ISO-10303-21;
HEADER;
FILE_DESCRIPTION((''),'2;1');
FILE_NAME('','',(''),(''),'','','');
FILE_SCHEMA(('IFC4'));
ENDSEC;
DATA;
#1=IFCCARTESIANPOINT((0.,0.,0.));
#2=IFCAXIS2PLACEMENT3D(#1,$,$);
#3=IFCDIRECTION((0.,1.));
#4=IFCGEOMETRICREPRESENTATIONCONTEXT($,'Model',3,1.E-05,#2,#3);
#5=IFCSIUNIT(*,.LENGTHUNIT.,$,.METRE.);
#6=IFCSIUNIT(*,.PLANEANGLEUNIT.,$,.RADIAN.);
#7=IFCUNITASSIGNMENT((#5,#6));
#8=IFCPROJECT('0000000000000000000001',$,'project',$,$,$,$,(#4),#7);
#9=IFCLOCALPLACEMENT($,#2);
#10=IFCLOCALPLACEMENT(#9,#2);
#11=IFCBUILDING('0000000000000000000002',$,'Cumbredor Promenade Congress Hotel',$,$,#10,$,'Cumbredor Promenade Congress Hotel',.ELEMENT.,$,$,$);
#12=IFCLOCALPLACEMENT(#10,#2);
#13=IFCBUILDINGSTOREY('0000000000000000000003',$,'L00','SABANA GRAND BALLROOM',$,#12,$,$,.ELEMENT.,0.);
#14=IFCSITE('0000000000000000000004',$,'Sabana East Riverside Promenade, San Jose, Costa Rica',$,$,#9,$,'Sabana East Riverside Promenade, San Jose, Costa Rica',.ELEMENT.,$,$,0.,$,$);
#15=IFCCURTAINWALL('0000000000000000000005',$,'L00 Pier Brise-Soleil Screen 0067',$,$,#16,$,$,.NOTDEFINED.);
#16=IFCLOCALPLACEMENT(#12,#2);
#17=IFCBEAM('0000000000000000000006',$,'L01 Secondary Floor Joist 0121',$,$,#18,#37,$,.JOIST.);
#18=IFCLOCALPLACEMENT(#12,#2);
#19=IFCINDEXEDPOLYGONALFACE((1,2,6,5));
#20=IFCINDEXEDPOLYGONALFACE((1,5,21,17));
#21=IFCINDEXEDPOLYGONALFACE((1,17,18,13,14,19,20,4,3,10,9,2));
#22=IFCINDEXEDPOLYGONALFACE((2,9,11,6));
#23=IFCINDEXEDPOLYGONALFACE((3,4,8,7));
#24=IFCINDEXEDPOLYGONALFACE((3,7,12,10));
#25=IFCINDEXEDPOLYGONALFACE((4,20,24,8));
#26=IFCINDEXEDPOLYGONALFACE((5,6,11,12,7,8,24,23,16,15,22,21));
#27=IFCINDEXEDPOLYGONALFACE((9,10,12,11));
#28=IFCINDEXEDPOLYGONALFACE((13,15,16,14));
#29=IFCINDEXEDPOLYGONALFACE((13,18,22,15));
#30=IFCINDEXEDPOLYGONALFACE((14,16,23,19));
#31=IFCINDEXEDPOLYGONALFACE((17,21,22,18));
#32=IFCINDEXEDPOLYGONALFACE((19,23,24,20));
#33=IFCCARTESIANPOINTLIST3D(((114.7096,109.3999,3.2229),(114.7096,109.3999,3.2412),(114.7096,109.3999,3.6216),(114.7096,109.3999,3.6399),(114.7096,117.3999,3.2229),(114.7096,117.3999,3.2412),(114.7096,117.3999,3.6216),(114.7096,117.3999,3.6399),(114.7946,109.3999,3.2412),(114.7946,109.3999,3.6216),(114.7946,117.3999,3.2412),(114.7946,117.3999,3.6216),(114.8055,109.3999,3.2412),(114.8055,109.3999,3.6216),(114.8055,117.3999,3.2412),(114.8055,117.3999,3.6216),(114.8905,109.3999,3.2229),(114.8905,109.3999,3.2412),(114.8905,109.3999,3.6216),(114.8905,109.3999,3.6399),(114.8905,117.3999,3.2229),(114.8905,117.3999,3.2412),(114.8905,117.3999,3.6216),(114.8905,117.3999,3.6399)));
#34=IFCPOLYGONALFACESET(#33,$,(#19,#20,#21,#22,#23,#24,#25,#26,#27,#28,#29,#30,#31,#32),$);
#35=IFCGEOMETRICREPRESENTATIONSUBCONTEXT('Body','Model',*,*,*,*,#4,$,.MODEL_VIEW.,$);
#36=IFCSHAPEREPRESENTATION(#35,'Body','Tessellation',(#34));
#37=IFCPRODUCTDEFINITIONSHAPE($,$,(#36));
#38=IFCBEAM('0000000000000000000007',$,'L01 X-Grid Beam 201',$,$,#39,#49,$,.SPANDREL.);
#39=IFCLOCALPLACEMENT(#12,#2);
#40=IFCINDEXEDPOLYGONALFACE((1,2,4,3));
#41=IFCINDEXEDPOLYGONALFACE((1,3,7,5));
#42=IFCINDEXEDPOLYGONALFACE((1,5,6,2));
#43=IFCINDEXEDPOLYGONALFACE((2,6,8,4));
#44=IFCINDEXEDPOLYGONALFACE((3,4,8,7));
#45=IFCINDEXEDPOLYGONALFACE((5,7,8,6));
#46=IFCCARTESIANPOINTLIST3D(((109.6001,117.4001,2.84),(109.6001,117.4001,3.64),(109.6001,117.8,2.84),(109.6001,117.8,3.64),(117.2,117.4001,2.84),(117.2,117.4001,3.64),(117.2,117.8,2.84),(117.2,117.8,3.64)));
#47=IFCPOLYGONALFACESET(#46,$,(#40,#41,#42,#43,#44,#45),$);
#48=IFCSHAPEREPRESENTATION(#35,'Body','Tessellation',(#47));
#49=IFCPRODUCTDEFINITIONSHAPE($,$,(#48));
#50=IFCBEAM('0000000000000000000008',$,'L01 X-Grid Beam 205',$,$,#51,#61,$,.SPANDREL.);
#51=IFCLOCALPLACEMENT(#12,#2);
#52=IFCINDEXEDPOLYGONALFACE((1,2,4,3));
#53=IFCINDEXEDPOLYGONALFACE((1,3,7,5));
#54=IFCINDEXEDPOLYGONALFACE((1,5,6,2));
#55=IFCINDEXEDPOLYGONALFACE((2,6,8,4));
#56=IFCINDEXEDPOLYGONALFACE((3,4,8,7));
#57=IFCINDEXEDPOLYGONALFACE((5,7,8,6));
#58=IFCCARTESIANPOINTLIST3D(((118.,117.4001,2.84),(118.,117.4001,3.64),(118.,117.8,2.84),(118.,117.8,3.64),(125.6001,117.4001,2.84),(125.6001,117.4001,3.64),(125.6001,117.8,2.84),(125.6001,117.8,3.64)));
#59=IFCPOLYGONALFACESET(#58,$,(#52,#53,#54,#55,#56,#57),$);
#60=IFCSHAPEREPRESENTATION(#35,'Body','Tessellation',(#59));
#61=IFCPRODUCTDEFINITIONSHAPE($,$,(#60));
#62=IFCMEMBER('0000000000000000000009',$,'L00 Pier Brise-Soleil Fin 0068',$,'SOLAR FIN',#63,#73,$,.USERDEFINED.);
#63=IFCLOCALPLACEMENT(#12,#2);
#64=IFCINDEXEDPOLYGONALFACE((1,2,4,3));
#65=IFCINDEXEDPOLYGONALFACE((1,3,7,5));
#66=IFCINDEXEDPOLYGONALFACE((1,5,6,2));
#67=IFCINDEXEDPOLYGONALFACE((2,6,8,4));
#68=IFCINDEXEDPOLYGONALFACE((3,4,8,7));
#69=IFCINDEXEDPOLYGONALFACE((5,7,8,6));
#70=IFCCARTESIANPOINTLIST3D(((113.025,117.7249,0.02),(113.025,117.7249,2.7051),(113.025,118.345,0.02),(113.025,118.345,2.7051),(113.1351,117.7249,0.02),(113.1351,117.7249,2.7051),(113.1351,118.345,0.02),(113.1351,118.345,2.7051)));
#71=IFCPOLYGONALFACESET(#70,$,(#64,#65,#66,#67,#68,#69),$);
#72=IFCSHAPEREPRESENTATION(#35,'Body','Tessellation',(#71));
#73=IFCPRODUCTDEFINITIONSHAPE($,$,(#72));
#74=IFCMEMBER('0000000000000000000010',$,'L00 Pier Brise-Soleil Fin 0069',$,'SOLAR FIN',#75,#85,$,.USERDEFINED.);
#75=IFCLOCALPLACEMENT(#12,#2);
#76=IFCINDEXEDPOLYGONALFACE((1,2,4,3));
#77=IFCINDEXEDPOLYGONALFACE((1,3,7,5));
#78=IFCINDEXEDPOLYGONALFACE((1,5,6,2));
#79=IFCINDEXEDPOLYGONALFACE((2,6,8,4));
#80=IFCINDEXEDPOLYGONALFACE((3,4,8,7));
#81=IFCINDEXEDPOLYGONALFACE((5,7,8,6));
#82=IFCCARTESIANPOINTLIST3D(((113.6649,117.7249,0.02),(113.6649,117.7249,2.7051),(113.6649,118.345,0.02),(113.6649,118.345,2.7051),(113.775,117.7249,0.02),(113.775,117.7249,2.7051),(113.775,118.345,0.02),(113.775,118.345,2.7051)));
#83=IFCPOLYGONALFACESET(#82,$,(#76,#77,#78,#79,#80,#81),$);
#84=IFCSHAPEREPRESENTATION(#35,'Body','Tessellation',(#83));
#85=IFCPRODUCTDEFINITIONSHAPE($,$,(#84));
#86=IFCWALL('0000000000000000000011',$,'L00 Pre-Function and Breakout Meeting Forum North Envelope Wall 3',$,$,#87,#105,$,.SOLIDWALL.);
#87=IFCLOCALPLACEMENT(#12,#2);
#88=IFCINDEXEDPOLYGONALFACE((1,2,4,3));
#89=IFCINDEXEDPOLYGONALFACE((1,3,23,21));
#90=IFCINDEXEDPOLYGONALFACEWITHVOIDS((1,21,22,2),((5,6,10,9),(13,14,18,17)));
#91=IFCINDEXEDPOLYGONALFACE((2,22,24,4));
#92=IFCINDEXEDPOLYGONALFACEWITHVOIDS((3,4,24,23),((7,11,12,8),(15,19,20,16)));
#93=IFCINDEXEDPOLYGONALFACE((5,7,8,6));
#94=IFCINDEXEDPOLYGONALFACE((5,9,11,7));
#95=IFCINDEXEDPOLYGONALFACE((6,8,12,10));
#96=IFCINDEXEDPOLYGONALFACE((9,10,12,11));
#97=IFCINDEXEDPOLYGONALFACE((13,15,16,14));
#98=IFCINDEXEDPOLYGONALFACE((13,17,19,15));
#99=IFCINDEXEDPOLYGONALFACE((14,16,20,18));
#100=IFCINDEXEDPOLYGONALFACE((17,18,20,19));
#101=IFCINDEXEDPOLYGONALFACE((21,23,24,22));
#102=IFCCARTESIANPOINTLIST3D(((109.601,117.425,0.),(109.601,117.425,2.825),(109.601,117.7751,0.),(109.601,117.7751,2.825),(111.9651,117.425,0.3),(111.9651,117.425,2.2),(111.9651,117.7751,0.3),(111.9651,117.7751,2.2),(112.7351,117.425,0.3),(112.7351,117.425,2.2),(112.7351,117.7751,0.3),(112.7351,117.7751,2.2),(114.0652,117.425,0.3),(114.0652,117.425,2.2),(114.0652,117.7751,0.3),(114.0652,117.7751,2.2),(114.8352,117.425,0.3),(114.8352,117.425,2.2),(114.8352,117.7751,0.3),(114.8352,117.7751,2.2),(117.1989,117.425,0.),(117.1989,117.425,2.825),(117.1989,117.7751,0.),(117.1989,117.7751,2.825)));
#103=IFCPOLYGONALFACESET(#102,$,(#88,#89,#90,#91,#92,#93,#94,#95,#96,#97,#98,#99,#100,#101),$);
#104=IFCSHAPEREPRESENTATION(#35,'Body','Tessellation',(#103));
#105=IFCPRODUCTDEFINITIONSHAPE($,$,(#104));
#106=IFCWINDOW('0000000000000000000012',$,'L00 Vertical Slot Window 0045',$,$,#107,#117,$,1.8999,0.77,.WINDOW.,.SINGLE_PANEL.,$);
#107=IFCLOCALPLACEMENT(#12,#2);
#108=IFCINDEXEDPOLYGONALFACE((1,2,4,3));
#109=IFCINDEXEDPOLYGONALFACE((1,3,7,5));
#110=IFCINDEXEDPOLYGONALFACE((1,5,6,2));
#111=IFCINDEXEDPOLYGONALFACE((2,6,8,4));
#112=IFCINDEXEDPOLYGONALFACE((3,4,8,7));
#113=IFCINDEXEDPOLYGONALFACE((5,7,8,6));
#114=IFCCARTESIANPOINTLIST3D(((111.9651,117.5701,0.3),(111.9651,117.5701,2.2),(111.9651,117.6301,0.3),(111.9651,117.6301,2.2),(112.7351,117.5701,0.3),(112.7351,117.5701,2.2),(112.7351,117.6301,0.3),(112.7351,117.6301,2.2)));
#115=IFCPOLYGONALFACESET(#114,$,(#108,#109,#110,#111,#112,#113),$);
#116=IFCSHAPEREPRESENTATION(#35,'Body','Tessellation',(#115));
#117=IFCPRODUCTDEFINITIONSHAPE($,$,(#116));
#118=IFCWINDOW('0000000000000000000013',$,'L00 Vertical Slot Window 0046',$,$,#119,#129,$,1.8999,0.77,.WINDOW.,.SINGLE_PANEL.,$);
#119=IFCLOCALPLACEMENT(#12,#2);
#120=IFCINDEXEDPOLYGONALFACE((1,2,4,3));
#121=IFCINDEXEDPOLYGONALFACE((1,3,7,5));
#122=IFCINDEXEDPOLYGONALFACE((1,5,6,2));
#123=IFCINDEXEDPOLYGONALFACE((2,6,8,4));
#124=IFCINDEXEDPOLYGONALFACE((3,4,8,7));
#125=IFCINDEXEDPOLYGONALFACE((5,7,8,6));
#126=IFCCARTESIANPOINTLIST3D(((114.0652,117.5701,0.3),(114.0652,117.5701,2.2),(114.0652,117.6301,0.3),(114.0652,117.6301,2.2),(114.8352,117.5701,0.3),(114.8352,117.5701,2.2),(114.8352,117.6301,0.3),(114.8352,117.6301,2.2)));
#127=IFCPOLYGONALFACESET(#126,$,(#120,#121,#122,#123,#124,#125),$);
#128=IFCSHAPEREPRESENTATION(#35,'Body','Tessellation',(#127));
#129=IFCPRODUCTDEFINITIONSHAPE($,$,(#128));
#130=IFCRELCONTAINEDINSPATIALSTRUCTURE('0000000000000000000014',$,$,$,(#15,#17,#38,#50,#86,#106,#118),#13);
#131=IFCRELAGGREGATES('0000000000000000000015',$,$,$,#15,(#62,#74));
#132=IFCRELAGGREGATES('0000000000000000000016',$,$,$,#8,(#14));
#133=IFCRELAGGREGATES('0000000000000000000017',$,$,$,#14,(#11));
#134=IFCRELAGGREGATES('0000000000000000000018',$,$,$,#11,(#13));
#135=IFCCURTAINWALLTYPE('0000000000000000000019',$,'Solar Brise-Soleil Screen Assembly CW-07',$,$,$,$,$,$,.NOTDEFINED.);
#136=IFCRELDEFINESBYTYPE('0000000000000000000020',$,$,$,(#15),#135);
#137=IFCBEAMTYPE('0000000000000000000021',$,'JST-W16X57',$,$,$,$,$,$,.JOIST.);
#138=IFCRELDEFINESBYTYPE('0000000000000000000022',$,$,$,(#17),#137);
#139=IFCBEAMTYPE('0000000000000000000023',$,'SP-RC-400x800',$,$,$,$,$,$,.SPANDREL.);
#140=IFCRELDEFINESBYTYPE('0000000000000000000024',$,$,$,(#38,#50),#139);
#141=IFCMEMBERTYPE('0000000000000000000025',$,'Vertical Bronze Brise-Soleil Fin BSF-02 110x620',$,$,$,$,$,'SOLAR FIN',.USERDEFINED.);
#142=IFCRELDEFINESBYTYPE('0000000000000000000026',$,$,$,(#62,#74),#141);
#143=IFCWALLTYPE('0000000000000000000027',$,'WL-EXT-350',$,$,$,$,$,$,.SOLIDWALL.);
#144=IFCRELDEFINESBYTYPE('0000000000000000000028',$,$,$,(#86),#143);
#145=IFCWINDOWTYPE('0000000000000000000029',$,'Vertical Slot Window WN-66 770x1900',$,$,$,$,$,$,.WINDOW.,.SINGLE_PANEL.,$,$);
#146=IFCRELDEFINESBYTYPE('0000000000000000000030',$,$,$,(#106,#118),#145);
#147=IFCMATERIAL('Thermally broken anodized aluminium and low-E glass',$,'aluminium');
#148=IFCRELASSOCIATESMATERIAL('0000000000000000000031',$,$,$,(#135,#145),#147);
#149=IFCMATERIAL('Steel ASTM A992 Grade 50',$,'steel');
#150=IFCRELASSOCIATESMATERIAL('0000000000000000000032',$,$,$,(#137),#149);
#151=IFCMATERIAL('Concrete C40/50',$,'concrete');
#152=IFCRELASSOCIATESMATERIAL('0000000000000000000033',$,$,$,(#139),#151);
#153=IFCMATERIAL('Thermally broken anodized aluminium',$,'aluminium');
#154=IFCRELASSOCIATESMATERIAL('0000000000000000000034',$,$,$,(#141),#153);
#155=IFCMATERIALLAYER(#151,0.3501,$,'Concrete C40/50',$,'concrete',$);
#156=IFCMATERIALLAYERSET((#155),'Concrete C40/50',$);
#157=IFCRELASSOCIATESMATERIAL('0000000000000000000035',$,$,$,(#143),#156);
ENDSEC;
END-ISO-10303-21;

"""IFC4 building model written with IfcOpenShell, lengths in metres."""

from ifc_helpers import new_model, si_unit, direction, frame, frame_2d, origin, origin_2d, place, context, subcontext, project, spatial, rectangle, i_section, extrude, material, layer, layer_set, material_profile, profile_set, type_object, element, fill, aggregate, save


model = new_model("IFC4")

# Units and contexts
model_context = context("Model", 3, precision=1e-05, world=origin(), true_north=direction((0.0, 1.0)))
body_context = subcontext(model_context, "Body", "Model", "MODEL_VIEW")
ifc_project = project(units=[si_unit("LENGTHUNIT", "METRE"), si_unit("PLANEANGLEUNIT", "RADIAN")], contexts=[model_context])

# Site, building, storey
site_placement = place(None, origin())
site = spatial("IfcSite", under=ifc_project, at=site_placement, Name="Sabana East Riverside Promenade, San Jose, Costa Rica", LongName="Sabana East Riverside Promenade, San Jose, Costa Rica", CompositionType="ELEMENT", RefElevation=0.0)
building_placement = place(site_placement, origin())
building = spatial("IfcBuilding", under=site, at=building_placement, Name="Cumbredor Promenade Congress Hotel", LongName="Cumbredor Promenade Congress Hotel", CompositionType="ELEMENT")
storey_placement = place(building_placement, origin())
storey = spatial("IfcBuildingStorey", under=building, at=storey_placement, Name="L00", Description="SABANA GRAND BALLROOM", CompositionType="ELEMENT", Elevation=0.0)

# Shared definitions
ifc_material_1 = material(Name="Concrete C40/50", Category="concrete")
ifc_material_2 = material(Name="Steel ASTM A992 Grade 50", Category="steel")

# Curtain wall
ifc_material_3 = material(Name="Thermally broken anodized aluminium and low-E glass", Category="aluminium")
curtain_wall_type = type_object("IfcCurtainWallType", Name="Solar Brise-Soleil Screen Assembly CW-07", PredefinedType="NOTDEFINED", material=ifc_material_3)
curtain_wall_placement = place(storey_placement, origin())
curtain_wall = element("IfcCurtainWall", 1, at=curtain_wall_placement, inside=storey, type_object=curtain_wall_type, Name="L00 Pier Brise-Soleil Screen 0067", PredefinedType="NOTDEFINED")
ifc_material_4 = material(Name="Thermally broken anodized aluminium", Category="aluminium")

# Beams
ifc_material_profile_1 = material_profile(ifc_material_2, i_section(OverallWidth=0.1809, OverallDepth=0.417, WebThickness=0.011, FlangeThickness=0.0183, at=origin_2d()), Name="W16X57")
ifc_profile_set_1 = profile_set([ifc_material_profile_1], Name="Steel ASTM A992 Grade 50")
beam_type_1 = type_object("IfcBeamType", Name="JST-W16X57", PredefinedType="JOIST", material=ifc_profile_set_1)
for number, where, z_axis, x_axis, name in (
    (2, (114.8, 109.3999, 3.4314), (0.0, 1.0, 0.0), (-1.0, 0.0, 0.0), "L01 Secondary Floor Joist 0121"),
):
    element("IfcBeam", number, at=place(storey_placement, frame(where, z_axis=z_axis, x_axis=x_axis)), inside=storey, type_object=beam_type_1, Name=name, PredefinedType="JOIST", context=body_context, shape_type="SweptSolid", body=[
        extrude(i_section(OverallWidth=0.1809, OverallDepth=0.417, WebThickness=0.011, FlangeThickness=0.0183, at=origin_2d()), origin(), (0.0, 0.0, 1.0), 8.0),
    ])
ifc_material_profile_2 = material_profile(ifc_material_1, rectangle(XDim=0.3999, YDim=0.8, at=origin_2d()), Name="RC SPANDREL 400x800")
ifc_profile_set_2 = profile_set([ifc_material_profile_2], Name="Concrete C40/50")
beam_type_2 = type_object("IfcBeamType", Name="SP-RC-400x800", PredefinedType="SPANDREL", material=ifc_profile_set_2)
beam_1_placement = place(storey_placement, frame((109.6001, 117.6001, 3.24), z_axis=(1.0, 0.0, 0.0), x_axis=(0.0, 1.0, 0.0)))
element("IfcBeam", 3, at=beam_1_placement, inside=storey, type_object=beam_type_2, Name="L01 X-Grid Beam 201", PredefinedType="SPANDREL", context=body_context, shape_type="SweptSolid", body=[
    extrude(rectangle(XDim=0.3999, YDim=0.8, at=origin_2d()), origin(), (0.0, 0.0, 1.0), 7.5999),
])
beam_2_placement = place(storey_placement, frame((118.0, 117.6001, 3.24), z_axis=(1.0, 0.0, 0.0), x_axis=(0.0, 1.0, 0.0)))
element("IfcBeam", 4, at=beam_2_placement, inside=storey, type_object=beam_type_2, Name="L01 X-Grid Beam 205", PredefinedType="SPANDREL", context=body_context, shape_type="SweptSolid", body=[
    extrude(rectangle(XDim=0.3999, YDim=0.8, at=origin_2d()), origin(), (0.0, 0.0, 1.0), 7.6001),
])

# Members
ifc_material_profile_3 = material_profile(ifc_material_4, rectangle(XDim=0.1101, YDim=0.6201, at=origin_2d()), Name="ARCH FIN 110x620")
ifc_profile_set_3 = profile_set([ifc_material_profile_3], Name="Thermally broken anodized aluminium")
member_type_1 = type_object("IfcMemberType", Name="Vertical Bronze Brise-Soleil Fin BSF-02 110x620", ElementType="SOLAR FIN", PredefinedType="USERDEFINED", material=ifc_profile_set_3)
member_1_placement = place(storey_placement, frame((113.0801, 118.0349, 0.02), z_axis=(0.0, 0.0, 1.0), x_axis=(1.0, 0.0, 0.0)))
member_1 = element("IfcMember", 5, at=member_1_placement, type_object=member_type_1, Name="L00 Pier Brise-Soleil Fin 0068", ObjectType="SOLAR FIN", PredefinedType="USERDEFINED", context=body_context, shape_type="SweptSolid", body=[
    extrude(rectangle(XDim=0.1101, YDim=0.6201, at=origin_2d()), origin(), (0.0, 0.0, 1.0), 2.6851),
])
member_2_placement = place(storey_placement, frame((113.72, 118.0349, 0.02), z_axis=(0.0, 0.0, 1.0), x_axis=(1.0, 0.0, 0.0)))
member_2 = element("IfcMember", 6, at=member_2_placement, type_object=member_type_1, Name="L00 Pier Brise-Soleil Fin 0069", ObjectType="SOLAR FIN", PredefinedType="USERDEFINED", context=body_context, shape_type="SweptSolid", body=[
    extrude(rectangle(XDim=0.1101, YDim=0.6201, at=origin_2d()), origin(), (0.0, 0.0, 1.0), 2.6851),
])
aggregate(curtain_wall, [member_1, member_2])

# Wall, openings, windows
ifc_layer_1 = layer(ifc_material_1, 0.3501, Name="Concrete C40/50", Category="concrete")
ifc_layer_set_1 = layer_set([ifc_layer_1], Name="Concrete C40/50")
wall_type_1 = type_object("IfcWallType", Name="WL-EXT-350", PredefinedType="SOLIDWALL", material=ifc_layer_set_1)
wall_1_placement = place(storey_placement, frame((109.6011, 117.6001, 0.0), z_axis=(0.0, 0.0, 1.0), x_axis=(1.0, 0.0, 0.0)))
wall_1 = element("IfcWall", 7, at=wall_1_placement, inside=storey, type_object=wall_type_1, Name="L00 Pre-Function and Breakout Meeting Forum North Envelope Wall 3", PredefinedType="SOLIDWALL", context=body_context, shape_type="SweptSolid", body=[
    extrude(rectangle(XDim=7.5979, YDim=0.3501, at=frame_2d((3.7988, 0.0))), origin(), (0.0, 0.0, 1.0), 2.825),
])
opening_1_placement = place(wall_1_placement, frame((2.364, 0.0, 0.3)))
opening_1 = element("IfcOpeningElement", 8, at=opening_1_placement, cuts=wall_1, PredefinedType="OPENING", context=body_context, shape_type="SweptSolid", body=[
    extrude(rectangle(XDim=0.77, YDim=1.8999, at=frame_2d((0.385, 0.95))), frame((0.0, 0.1851, 0.0), z_axis=(0.0, -1.0, 0.0), x_axis=(1.0, 0.0, 0.0)), (0.0, 0.0, 1.0), 0.3701),
])
opening_2_placement = place(wall_1_placement, frame((4.4641, 0.0, 0.3)))
opening_2 = element("IfcOpeningElement", 9, at=opening_2_placement, cuts=wall_1, PredefinedType="OPENING", context=body_context, shape_type="SweptSolid", body=[
    extrude(rectangle(XDim=0.77, YDim=1.8999, at=frame_2d((0.385, 0.95))), frame((0.0, 0.1851, 0.0), z_axis=(0.0, -1.0, 0.0), x_axis=(1.0, 0.0, 0.0)), (0.0, 0.0, 1.0), 0.3701),
])
window_type = type_object("IfcWindowType", Name="Vertical Slot Window WN-66 770x1900", PartitioningType="SINGLE_PANEL", PredefinedType="WINDOW", material=ifc_material_3)
window_1_placement = place(opening_1_placement, origin())
window_1 = element("IfcWindow", 10, at=window_1_placement, inside=storey, type_object=window_type, Name="L00 Vertical Slot Window 0045", OverallHeight=1.8999, OverallWidth=0.77, PartitioningType="SINGLE_PANEL", PredefinedType="WINDOW", context=body_context, shape_type="SweptSolid", body=[
    extrude(rectangle(XDim=0.77, YDim=1.8999, at=frame_2d((0.385, 0.95))), frame((0.0, 0.03, 0.0), z_axis=(0.0, -1.0, 0.0), x_axis=(1.0, 0.0, 0.0)), (0.0, 0.0, 1.0), 0.0601),
])
fill(opening_1, window_1)
window_2_placement = place(opening_2_placement, origin())
window_2 = element("IfcWindow", 11, at=window_2_placement, inside=storey, type_object=window_type, Name="L00 Vertical Slot Window 0046", OverallHeight=1.8999, OverallWidth=0.77, PartitioningType="SINGLE_PANEL", PredefinedType="WINDOW", context=body_context, shape_type="SweptSolid", body=[
    extrude(rectangle(XDim=0.77, YDim=1.8999, at=frame_2d((0.385, 0.95))), frame((0.0, 0.03, 0.0), z_axis=(0.0, -1.0, 0.0), x_axis=(1.0, 0.0, 0.0)), (0.0, 0.0, 1.0), 0.0601),
])
fill(opening_2, window_2)

save(model, "model.ifc")
